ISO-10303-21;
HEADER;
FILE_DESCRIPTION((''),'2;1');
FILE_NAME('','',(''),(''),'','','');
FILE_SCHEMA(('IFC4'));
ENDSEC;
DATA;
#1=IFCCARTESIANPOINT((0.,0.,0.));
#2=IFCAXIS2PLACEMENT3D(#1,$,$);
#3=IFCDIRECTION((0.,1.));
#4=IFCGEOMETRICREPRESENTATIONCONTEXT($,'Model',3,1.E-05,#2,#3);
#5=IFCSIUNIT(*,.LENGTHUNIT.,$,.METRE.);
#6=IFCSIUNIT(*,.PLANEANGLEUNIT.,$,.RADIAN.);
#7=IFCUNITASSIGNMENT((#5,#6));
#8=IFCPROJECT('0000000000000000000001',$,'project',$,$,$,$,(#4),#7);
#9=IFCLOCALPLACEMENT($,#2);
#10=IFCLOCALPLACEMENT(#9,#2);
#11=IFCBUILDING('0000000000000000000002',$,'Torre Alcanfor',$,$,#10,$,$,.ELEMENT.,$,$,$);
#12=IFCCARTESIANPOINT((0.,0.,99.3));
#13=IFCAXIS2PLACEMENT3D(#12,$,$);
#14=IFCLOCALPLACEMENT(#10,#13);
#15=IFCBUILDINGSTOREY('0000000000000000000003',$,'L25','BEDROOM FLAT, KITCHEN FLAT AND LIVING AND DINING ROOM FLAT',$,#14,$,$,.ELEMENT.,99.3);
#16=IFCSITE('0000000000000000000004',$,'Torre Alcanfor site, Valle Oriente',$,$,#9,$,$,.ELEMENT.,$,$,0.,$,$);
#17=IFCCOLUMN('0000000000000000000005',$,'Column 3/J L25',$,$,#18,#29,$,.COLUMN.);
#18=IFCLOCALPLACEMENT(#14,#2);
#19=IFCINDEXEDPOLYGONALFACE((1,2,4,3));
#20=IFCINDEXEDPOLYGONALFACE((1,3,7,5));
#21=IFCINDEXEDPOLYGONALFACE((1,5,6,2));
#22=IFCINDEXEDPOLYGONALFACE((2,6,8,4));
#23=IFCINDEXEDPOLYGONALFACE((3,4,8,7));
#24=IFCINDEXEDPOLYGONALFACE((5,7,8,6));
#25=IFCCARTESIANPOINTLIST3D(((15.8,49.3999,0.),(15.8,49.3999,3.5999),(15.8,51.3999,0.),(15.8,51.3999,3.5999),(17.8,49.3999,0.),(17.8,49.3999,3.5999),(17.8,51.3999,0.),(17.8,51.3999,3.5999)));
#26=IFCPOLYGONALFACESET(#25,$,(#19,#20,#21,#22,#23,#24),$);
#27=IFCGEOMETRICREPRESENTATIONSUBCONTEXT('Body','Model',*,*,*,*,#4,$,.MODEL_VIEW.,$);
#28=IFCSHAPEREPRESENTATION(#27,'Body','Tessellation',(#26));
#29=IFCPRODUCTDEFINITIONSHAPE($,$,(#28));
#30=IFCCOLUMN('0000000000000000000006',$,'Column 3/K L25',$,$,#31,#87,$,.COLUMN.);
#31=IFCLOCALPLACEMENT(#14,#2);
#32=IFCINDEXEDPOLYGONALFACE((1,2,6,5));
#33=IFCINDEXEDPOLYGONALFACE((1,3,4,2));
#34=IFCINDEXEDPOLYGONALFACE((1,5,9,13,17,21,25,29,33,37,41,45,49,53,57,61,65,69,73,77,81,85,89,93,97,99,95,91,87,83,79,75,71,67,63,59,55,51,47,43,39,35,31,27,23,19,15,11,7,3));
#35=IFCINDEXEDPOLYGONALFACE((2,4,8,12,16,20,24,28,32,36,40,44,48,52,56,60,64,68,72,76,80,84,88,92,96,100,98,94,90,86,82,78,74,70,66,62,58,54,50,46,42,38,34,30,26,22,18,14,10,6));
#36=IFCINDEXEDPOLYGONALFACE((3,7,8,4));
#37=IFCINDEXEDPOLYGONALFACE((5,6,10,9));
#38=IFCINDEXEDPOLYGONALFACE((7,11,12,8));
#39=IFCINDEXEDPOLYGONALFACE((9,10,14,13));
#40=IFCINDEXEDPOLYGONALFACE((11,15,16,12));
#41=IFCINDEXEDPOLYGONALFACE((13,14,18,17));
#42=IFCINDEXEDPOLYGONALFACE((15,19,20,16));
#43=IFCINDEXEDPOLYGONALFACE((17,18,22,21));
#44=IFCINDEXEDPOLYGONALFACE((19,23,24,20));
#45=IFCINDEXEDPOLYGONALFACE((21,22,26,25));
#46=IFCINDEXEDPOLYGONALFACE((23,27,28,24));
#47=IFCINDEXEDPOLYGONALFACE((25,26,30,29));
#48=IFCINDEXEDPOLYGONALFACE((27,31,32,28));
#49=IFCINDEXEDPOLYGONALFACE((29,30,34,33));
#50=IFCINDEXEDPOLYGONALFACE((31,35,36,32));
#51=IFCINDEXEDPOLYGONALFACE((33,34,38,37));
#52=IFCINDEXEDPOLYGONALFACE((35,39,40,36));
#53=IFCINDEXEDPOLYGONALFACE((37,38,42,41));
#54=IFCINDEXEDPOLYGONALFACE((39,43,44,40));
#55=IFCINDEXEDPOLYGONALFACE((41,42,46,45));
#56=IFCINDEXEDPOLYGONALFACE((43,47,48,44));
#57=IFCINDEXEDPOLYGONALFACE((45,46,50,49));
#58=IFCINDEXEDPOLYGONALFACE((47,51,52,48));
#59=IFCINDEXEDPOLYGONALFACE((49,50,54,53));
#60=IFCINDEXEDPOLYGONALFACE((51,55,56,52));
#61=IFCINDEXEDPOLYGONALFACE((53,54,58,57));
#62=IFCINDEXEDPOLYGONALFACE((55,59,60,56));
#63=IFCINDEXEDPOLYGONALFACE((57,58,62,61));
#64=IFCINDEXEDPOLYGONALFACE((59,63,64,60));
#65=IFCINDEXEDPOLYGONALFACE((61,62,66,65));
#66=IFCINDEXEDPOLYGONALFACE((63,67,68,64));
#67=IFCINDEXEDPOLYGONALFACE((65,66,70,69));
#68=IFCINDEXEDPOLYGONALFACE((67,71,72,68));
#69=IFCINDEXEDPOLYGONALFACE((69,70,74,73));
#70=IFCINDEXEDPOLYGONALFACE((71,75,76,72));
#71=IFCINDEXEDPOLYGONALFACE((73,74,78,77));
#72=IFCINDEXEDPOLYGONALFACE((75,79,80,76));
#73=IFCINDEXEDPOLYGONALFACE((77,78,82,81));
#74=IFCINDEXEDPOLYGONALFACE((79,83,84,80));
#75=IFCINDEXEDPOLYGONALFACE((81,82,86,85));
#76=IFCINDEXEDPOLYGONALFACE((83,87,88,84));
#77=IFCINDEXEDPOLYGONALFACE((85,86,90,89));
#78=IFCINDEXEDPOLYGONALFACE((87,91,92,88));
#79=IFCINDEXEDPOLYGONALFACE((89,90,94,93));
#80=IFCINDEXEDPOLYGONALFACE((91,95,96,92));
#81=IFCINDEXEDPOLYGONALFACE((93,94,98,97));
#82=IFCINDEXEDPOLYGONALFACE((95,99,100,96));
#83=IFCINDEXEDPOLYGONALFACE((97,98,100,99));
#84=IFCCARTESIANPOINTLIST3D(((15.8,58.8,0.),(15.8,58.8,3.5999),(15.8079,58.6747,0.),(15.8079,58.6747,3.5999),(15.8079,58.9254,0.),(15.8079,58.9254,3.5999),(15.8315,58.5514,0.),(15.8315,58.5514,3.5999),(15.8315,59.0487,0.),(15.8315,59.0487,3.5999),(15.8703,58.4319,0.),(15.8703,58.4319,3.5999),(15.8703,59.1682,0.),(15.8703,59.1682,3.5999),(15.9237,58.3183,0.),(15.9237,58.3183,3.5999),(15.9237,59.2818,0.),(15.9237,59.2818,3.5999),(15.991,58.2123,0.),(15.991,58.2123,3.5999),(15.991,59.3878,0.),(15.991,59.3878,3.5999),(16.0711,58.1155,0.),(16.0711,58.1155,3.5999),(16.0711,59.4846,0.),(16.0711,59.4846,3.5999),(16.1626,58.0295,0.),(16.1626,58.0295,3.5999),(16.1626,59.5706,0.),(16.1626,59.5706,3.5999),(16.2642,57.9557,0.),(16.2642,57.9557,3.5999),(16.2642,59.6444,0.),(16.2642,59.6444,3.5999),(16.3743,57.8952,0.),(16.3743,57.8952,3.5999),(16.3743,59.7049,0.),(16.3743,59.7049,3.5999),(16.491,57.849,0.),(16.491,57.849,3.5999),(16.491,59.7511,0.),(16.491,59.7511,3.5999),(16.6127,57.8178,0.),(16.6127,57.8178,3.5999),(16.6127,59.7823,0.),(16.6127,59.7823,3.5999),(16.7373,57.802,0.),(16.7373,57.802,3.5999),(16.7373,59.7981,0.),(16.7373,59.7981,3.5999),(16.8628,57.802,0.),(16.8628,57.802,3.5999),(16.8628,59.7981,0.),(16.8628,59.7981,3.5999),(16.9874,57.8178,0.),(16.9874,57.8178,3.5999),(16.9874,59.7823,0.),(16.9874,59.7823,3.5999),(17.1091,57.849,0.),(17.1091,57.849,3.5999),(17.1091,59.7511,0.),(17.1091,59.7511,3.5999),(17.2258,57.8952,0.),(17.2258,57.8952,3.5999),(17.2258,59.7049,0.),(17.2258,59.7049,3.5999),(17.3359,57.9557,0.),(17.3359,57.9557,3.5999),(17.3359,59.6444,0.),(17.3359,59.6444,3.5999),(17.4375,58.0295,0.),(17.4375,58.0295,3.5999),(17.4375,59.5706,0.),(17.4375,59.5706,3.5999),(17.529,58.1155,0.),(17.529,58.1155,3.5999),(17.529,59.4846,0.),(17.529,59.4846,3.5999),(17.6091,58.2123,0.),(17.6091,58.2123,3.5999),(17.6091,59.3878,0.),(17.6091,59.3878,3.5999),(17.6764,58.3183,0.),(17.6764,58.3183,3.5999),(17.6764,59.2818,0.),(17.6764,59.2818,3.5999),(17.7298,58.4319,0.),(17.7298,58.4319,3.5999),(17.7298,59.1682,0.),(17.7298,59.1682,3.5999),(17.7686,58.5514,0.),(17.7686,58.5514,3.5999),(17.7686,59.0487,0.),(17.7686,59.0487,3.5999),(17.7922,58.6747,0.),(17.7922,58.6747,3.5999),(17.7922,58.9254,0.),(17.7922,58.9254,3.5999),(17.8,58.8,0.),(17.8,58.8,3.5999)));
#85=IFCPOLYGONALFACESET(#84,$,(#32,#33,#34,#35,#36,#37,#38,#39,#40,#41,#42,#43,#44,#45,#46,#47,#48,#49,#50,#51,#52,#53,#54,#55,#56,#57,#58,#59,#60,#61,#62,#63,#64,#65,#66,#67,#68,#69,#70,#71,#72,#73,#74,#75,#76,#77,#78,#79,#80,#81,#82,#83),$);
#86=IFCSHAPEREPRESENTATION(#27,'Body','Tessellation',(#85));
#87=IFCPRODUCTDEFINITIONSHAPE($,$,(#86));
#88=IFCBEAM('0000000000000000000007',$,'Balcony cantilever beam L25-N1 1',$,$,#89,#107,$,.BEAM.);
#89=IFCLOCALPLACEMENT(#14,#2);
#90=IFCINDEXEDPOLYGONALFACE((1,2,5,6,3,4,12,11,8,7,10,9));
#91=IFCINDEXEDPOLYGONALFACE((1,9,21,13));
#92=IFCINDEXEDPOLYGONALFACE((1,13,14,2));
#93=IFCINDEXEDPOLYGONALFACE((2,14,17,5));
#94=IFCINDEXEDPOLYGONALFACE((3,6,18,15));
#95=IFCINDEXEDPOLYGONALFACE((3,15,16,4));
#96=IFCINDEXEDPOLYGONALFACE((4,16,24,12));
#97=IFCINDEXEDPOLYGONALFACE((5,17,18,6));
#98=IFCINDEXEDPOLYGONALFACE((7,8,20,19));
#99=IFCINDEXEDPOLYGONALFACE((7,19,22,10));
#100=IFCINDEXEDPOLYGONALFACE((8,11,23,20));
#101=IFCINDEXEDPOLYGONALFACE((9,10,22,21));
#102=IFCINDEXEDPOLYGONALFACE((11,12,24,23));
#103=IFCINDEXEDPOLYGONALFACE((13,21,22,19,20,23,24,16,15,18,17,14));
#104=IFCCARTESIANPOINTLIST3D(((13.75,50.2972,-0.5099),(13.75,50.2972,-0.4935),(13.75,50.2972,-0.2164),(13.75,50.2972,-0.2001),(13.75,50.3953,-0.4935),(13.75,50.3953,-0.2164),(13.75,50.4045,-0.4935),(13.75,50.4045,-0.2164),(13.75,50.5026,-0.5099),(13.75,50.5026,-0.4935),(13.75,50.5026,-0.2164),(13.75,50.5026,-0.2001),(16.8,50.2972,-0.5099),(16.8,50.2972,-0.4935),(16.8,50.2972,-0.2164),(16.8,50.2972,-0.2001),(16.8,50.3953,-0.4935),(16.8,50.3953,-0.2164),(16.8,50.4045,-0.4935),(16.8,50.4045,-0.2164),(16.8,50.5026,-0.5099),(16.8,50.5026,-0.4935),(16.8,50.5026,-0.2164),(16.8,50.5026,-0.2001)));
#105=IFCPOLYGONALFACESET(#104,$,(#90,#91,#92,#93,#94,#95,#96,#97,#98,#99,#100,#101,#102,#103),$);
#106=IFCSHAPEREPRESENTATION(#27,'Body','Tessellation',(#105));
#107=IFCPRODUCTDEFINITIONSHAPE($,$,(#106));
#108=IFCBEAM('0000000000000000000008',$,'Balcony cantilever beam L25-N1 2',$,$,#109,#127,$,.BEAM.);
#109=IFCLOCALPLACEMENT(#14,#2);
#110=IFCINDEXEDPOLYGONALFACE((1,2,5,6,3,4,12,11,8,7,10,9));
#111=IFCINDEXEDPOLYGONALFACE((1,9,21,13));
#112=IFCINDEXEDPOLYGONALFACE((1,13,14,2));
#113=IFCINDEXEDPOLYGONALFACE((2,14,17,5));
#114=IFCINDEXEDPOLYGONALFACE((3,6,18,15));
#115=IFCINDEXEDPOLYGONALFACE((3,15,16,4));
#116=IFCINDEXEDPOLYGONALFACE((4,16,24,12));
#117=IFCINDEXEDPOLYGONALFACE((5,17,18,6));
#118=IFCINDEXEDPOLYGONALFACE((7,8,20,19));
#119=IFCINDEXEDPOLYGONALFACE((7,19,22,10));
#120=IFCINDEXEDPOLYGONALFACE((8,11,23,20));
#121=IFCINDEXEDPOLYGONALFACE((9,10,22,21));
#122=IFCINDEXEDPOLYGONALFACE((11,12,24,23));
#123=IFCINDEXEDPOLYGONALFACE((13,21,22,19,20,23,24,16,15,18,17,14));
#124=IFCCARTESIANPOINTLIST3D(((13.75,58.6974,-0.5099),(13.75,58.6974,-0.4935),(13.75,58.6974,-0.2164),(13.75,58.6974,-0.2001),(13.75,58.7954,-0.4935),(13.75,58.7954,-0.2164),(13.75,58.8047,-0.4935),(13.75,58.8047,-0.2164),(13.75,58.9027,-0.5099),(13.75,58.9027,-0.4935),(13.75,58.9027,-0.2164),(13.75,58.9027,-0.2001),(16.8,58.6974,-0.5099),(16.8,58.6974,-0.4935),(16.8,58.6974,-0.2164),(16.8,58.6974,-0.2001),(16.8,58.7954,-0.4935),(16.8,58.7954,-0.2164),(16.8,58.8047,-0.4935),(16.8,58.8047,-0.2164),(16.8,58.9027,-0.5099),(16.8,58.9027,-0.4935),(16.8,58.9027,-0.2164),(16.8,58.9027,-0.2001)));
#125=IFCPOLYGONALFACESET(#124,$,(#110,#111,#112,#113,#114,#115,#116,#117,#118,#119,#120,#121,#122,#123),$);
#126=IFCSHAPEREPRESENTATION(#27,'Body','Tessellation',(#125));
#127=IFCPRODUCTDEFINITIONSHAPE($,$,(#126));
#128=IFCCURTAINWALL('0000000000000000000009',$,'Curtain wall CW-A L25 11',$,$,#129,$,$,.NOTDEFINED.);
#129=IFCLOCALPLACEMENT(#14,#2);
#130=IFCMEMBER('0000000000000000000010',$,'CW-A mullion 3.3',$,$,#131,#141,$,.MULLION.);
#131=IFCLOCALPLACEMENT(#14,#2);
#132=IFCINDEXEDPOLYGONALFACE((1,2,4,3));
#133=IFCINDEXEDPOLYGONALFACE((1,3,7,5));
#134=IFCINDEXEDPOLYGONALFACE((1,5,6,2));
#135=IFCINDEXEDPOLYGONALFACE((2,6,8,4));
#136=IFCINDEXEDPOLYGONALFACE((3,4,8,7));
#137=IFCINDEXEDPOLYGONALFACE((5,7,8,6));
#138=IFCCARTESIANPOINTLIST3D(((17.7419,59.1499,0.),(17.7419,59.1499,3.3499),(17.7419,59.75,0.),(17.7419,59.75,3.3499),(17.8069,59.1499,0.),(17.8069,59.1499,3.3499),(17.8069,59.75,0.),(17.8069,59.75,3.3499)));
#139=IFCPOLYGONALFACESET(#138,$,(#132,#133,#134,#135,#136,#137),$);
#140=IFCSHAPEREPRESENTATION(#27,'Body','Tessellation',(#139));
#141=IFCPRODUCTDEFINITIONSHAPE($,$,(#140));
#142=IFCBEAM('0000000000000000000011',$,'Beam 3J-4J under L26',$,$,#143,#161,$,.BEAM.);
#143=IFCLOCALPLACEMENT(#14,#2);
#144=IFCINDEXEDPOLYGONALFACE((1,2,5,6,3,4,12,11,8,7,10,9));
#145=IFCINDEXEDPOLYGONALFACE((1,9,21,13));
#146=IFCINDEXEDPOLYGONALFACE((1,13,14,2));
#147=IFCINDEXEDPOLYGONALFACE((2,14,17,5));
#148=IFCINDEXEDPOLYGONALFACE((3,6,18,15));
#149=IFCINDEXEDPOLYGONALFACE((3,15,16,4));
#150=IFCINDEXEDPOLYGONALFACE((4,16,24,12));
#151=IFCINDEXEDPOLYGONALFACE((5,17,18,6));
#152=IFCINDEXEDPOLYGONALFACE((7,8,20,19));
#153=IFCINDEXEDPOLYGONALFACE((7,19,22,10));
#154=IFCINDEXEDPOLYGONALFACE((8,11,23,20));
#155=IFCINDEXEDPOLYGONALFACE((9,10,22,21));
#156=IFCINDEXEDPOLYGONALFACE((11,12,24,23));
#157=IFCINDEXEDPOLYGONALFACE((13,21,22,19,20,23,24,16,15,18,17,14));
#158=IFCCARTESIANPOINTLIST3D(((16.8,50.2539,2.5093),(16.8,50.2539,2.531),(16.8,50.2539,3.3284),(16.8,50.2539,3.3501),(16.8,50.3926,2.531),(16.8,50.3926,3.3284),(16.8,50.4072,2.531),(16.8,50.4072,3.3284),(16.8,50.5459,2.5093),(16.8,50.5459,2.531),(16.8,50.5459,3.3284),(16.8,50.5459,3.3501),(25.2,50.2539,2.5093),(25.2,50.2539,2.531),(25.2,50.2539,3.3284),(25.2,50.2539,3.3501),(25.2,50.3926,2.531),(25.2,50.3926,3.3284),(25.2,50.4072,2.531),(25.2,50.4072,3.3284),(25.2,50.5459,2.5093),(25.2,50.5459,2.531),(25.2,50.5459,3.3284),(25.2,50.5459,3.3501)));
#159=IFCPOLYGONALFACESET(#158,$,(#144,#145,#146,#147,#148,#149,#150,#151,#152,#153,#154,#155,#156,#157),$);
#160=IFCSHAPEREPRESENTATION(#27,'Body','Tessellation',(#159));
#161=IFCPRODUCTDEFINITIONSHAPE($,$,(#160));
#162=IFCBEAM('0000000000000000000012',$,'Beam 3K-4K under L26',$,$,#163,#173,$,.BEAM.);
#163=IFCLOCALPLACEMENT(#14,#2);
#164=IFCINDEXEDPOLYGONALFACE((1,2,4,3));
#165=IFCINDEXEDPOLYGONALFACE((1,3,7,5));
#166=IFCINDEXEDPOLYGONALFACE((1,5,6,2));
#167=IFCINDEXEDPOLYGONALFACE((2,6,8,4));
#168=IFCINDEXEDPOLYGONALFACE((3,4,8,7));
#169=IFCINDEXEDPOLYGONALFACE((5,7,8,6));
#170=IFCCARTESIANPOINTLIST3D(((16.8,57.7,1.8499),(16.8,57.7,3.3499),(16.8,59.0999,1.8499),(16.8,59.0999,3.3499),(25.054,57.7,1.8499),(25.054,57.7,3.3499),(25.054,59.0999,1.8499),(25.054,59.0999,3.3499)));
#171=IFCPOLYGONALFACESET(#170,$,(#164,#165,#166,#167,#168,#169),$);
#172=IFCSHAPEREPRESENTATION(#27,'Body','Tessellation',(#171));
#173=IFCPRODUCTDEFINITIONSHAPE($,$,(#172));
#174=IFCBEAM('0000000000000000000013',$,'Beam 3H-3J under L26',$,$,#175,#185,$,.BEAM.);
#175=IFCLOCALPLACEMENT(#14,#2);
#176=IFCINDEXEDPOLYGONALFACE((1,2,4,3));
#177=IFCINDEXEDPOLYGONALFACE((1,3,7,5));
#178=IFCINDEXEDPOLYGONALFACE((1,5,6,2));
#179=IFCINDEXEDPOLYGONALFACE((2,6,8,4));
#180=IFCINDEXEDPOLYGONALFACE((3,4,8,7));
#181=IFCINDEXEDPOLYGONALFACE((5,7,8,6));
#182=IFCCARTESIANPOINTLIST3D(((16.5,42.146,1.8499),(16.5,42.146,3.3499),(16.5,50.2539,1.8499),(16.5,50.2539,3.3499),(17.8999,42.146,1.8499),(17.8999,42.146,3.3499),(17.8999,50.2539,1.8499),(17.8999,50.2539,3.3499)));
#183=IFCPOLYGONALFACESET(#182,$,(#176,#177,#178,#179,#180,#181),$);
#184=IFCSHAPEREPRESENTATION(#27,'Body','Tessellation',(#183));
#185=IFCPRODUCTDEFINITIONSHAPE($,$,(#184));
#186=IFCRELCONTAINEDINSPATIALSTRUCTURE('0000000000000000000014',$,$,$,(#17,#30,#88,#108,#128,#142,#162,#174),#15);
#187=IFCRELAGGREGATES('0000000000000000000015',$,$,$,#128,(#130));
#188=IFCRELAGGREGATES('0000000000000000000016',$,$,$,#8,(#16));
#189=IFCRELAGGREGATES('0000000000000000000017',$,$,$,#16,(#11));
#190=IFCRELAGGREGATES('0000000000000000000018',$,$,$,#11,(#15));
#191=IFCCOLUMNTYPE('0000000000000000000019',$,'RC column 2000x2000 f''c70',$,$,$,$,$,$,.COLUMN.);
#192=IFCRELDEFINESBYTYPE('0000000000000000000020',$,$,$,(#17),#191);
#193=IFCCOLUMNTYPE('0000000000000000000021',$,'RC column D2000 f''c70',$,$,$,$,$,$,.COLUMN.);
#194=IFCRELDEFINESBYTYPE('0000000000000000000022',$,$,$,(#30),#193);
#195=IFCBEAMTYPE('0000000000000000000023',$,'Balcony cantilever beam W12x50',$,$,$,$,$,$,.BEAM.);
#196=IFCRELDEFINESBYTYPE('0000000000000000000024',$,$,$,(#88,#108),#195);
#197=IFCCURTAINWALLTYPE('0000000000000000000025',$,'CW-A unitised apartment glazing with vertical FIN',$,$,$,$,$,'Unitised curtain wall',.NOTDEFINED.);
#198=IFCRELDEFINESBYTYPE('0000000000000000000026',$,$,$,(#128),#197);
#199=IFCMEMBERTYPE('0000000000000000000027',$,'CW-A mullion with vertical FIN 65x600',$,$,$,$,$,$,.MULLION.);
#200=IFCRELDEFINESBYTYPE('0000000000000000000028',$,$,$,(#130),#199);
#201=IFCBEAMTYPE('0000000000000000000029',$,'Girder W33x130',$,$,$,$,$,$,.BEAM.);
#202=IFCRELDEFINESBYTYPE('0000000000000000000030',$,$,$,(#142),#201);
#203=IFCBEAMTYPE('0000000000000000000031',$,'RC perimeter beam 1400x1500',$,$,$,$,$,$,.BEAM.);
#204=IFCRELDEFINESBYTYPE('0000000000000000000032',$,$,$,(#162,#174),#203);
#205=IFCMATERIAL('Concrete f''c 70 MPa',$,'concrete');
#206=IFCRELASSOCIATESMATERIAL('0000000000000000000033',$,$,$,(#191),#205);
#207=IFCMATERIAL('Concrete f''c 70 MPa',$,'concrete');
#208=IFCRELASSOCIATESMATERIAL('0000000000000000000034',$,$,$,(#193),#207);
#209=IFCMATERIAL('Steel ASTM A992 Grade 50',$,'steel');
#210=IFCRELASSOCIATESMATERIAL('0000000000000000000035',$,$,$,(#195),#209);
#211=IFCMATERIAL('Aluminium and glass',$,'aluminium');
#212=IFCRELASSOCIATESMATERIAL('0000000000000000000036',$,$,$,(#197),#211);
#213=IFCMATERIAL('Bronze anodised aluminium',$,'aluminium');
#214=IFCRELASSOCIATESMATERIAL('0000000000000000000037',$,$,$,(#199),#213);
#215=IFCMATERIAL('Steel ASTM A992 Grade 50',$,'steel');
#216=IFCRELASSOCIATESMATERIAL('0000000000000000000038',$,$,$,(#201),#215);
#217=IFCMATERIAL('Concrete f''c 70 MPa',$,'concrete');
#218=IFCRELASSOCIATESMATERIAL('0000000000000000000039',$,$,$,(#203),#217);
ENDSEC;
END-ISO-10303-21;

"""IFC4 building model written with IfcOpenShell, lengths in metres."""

from ifc_helpers import new_model, si_unit, direction, frame, origin, origin_2d, place, context, subcontext, project, spatial, rectangle, circle, i_section, extrude, material, material_profile, profile_set, type_object, element, aggregate, save


model = new_model("IFC4")

# Units and contexts
model_context = context("Model", 3, precision=1e-05, world=origin(), true_north=direction((0.0, 1.0)))
body_context = subcontext(model_context, "Body", "Model", "MODEL_VIEW")
ifc_project = project(units=[si_unit("LENGTHUNIT", "METRE"), si_unit("PLANEANGLEUNIT", "RADIAN")], contexts=[model_context])

# Site, building, storey
site_placement = place(None, origin())
site = spatial("IfcSite", under=ifc_project, at=site_placement, Name="Torre Alcanfor site, Valle Oriente", CompositionType="ELEMENT", RefElevation=0.0)
building_placement = place(site_placement, origin())
building = spatial("IfcBuilding", under=site, at=building_placement, Name="Torre Alcanfor", CompositionType="ELEMENT")
storey_placement = place(building_placement, frame((0.0, 0.0, 99.3)))
storey = spatial("IfcBuildingStorey", under=building, at=storey_placement, Name="L25", Description="BEDROOM FLAT, KITCHEN FLAT AND LIVING AND DINING ROOM FLAT", CompositionType="ELEMENT", Elevation=99.3)

# Columns
ifc_material_1 = material(Name="Concrete f'c 70 MPa", Category="concrete")
ifc_material_profile_1 = material_profile(ifc_material_1, rectangle(XDim=2.0, YDim=2.0, at=origin_2d()), Name="2000x2000")
ifc_profile_set_1 = profile_set([ifc_material_profile_1], Name="Concrete f'c 70 MPa")
column_type_1 = type_object("IfcColumnType", Name="RC column 2000x2000 f'c70", PredefinedType="COLUMN", material=ifc_profile_set_1)
column_1_placement = place(storey_placement, frame((16.8, 50.3999, 0.0), z_axis=(0.0, 0.0, 1.0), x_axis=(1.0, 0.0, 0.0)))
element("IfcColumn", 1, at=column_1_placement, inside=storey, type_object=column_type_1, Name="Column 3/J L25", PredefinedType="COLUMN", context=body_context, shape_type="SweptSolid", body=[
    extrude(rectangle(XDim=2.0, YDim=2.0, at=origin_2d()), origin(), (0.0, 0.0, 1.0), 3.5999),
])
ifc_material_2 = material(Name="Concrete f'c 70 MPa", Category="concrete")
ifc_material_profile_2 = material_profile(ifc_material_2, circle(Radius=1.0, at=origin_2d()), Name="D2000")
ifc_profile_set_2 = profile_set([ifc_material_profile_2], Name="Concrete f'c 70 MPa")
column_type_2 = type_object("IfcColumnType", Name="RC column D2000 f'c70", PredefinedType="COLUMN", material=ifc_profile_set_2)
column_2_placement = place(storey_placement, frame((16.8, 58.8, 0.0), z_axis=(0.0, 0.0, 1.0), x_axis=(1.0, 0.0, 0.0)))
element("IfcColumn", 2, at=column_2_placement, inside=storey, type_object=column_type_2, Name="Column 3/K L25", PredefinedType="COLUMN", context=body_context, shape_type="SweptSolid", body=[
    extrude(circle(Radius=1.0, at=origin_2d()), origin(), (0.0, 0.0, 1.0), 3.5999),
])

# Beams
ifc_material_3 = material(Name="Steel ASTM A992 Grade 50", Category="steel")
ifc_material_profile_3 = material_profile(ifc_material_3, i_section(OverallWidth=0.2053, OverallDepth=0.3098, WebThickness=0.0093, FlangeThickness=0.0164, at=origin_2d()), Name="W12x50")
ifc_profile_set_3 = profile_set([ifc_material_profile_3], Name="Steel ASTM A992 Grade 50")
beam_type_1 = type_object("IfcBeamType", Name="Balcony cantilever beam W12x50", PredefinedType="BEAM", material=ifc_profile_set_3)
for number, where, z_axis, x_axis, name in (
    (3, (16.8, 50.3999, -0.355), (-1.0, 0.0, 0.0), (0.0, -1.0, 0.0), "Balcony cantilever beam L25-N1 1"),
    (4, (16.8, 58.8, -0.355), (-1.0, 0.0, 0.0), (0.0, -1.0, 0.0), "Balcony cantilever beam L25-N1 2"),
):
    element("IfcBeam", number, at=place(storey_placement, frame(where, z_axis=z_axis, x_axis=x_axis)), inside=storey, type_object=beam_type_1, Name=name, PredefinedType="BEAM", context=body_context, shape_type="SweptSolid", body=[
        extrude(i_section(OverallWidth=0.2053, OverallDepth=0.3098, WebThickness=0.0093, FlangeThickness=0.0164, at=origin_2d()), origin(), (0.0, 0.0, 1.0), 3.05),
    ])

# Curtain wall, member
ifc_material_4 = material(Name="Aluminium and glass", Category="aluminium")
curtain_wall_type = type_object("IfcCurtainWallType", Name="CW-A unitised apartment glazing with vertical FIN", ElementType="Unitised curtain wall", PredefinedType="NOTDEFINED", material=ifc_material_4)
curtain_wall_placement = place(storey_placement, origin())
curtain_wall = element("IfcCurtainWall", 5, at=curtain_wall_placement, inside=storey, type_object=curtain_wall_type, Name="Curtain wall CW-A L25 11", PredefinedType="NOTDEFINED")
ifc_material_5 = material(Name="Bronze anodised aluminium", Category="aluminium")
ifc_material_profile_4 = material_profile(ifc_material_5, rectangle(XDim=0.6001, YDim=0.0649, at=origin_2d()), Name="CW-A mullion 65x600")
ifc_profile_set_4 = profile_set([ifc_material_profile_4], Name="Bronze anodised aluminium")
member_type = type_object("IfcMemberType", Name="CW-A mullion with vertical FIN 65x600", PredefinedType="MULLION", material=ifc_profile_set_4)
member_placement = place(storey_placement, frame((17.7744, 59.45, 0.0), z_axis=(0.0, 0.0, 1.0), x_axis=(0.0, -1.0, 0.0)))
member = element("IfcMember", 6, at=member_placement, type_object=member_type, Name="CW-A mullion 3.3", PredefinedType="MULLION", context=body_context, shape_type="SweptSolid", body=[
    extrude(rectangle(XDim=0.6001, YDim=0.0649, at=origin_2d()), origin(), (0.0, 0.0, 1.0), 3.3499),
])

# Beams
ifc_material_6 = material(Name="Steel ASTM A992 Grade 50", Category="steel")
ifc_material_profile_5 = material_profile(ifc_material_6, i_section(OverallWidth=0.292, OverallDepth=0.8408, WebThickness=0.0146, FlangeThickness=0.0217, at=origin_2d()), Name="W33x130")
ifc_profile_set_5 = profile_set([ifc_material_profile_5], Name="Steel ASTM A992 Grade 50")
beam_type_2 = type_object("IfcBeamType", Name="Girder W33x130", PredefinedType="BEAM", material=ifc_profile_set_5)
beam_1_placement = place(storey_placement, frame((16.8, 50.3999, 2.9297), z_axis=(1.0, 0.0, 0.0), x_axis=(0.0, 1.0, 0.0)))
element("IfcBeam", 7, at=beam_1_placement, inside=storey, type_object=beam_type_2, Name="Beam 3J-4J under L26", PredefinedType="BEAM", context=body_context, shape_type="SweptSolid", body=[
    extrude(i_section(OverallWidth=0.292, OverallDepth=0.8408, WebThickness=0.0146, FlangeThickness=0.0217, at=origin_2d()), origin(), (0.0, 0.0, 1.0), 8.3999),
])
ifc_material_7 = material(Name="Concrete f'c 70 MPa", Category="concrete")
ifc_material_profile_6 = material_profile(ifc_material_7, rectangle(XDim=1.3999, YDim=1.5, at=origin_2d()), Name="1400x1500")
ifc_profile_set_6 = profile_set([ifc_material_profile_6], Name="Concrete f'c 70 MPa")
beam_type_3 = type_object("IfcBeamType", Name="RC perimeter beam 1400x1500", PredefinedType="BEAM", material=ifc_profile_set_6)
beam_2_placement = place(storey_placement, frame((16.8, 58.3999, 2.5999), z_axis=(1.0, 0.0, 0.0), x_axis=(0.0, 1.0, 0.0)))
element("IfcBeam", 8, at=beam_2_placement, inside=storey, type_object=beam_type_3, Name="Beam 3K-4K under L26", PredefinedType="BEAM", context=body_context, shape_type="SweptSolid", body=[
    extrude(rectangle(XDim=1.3999, YDim=1.5, at=origin_2d()), origin(), (0.0, 0.0, 1.0), 8.2539),
])
beam_3_placement = place(storey_placement, frame((17.2, 42.146, 2.5999), z_axis=(0.0, 1.0, 0.0), x_axis=(-1.0, 0.0, 0.0)))
element("IfcBeam", 9, at=beam_3_placement, inside=storey, type_object=beam_type_3, Name="Beam 3H-3J under L26", PredefinedType="BEAM", context=body_context, shape_type="SweptSolid", body=[
    extrude(rectangle(XDim=1.3999, YDim=1.5, at=origin_2d()), origin(), (0.0, 0.0, 1.0), 8.1079),
])

aggregate(curtain_wall, [member])

save(model, "model.ifc")
